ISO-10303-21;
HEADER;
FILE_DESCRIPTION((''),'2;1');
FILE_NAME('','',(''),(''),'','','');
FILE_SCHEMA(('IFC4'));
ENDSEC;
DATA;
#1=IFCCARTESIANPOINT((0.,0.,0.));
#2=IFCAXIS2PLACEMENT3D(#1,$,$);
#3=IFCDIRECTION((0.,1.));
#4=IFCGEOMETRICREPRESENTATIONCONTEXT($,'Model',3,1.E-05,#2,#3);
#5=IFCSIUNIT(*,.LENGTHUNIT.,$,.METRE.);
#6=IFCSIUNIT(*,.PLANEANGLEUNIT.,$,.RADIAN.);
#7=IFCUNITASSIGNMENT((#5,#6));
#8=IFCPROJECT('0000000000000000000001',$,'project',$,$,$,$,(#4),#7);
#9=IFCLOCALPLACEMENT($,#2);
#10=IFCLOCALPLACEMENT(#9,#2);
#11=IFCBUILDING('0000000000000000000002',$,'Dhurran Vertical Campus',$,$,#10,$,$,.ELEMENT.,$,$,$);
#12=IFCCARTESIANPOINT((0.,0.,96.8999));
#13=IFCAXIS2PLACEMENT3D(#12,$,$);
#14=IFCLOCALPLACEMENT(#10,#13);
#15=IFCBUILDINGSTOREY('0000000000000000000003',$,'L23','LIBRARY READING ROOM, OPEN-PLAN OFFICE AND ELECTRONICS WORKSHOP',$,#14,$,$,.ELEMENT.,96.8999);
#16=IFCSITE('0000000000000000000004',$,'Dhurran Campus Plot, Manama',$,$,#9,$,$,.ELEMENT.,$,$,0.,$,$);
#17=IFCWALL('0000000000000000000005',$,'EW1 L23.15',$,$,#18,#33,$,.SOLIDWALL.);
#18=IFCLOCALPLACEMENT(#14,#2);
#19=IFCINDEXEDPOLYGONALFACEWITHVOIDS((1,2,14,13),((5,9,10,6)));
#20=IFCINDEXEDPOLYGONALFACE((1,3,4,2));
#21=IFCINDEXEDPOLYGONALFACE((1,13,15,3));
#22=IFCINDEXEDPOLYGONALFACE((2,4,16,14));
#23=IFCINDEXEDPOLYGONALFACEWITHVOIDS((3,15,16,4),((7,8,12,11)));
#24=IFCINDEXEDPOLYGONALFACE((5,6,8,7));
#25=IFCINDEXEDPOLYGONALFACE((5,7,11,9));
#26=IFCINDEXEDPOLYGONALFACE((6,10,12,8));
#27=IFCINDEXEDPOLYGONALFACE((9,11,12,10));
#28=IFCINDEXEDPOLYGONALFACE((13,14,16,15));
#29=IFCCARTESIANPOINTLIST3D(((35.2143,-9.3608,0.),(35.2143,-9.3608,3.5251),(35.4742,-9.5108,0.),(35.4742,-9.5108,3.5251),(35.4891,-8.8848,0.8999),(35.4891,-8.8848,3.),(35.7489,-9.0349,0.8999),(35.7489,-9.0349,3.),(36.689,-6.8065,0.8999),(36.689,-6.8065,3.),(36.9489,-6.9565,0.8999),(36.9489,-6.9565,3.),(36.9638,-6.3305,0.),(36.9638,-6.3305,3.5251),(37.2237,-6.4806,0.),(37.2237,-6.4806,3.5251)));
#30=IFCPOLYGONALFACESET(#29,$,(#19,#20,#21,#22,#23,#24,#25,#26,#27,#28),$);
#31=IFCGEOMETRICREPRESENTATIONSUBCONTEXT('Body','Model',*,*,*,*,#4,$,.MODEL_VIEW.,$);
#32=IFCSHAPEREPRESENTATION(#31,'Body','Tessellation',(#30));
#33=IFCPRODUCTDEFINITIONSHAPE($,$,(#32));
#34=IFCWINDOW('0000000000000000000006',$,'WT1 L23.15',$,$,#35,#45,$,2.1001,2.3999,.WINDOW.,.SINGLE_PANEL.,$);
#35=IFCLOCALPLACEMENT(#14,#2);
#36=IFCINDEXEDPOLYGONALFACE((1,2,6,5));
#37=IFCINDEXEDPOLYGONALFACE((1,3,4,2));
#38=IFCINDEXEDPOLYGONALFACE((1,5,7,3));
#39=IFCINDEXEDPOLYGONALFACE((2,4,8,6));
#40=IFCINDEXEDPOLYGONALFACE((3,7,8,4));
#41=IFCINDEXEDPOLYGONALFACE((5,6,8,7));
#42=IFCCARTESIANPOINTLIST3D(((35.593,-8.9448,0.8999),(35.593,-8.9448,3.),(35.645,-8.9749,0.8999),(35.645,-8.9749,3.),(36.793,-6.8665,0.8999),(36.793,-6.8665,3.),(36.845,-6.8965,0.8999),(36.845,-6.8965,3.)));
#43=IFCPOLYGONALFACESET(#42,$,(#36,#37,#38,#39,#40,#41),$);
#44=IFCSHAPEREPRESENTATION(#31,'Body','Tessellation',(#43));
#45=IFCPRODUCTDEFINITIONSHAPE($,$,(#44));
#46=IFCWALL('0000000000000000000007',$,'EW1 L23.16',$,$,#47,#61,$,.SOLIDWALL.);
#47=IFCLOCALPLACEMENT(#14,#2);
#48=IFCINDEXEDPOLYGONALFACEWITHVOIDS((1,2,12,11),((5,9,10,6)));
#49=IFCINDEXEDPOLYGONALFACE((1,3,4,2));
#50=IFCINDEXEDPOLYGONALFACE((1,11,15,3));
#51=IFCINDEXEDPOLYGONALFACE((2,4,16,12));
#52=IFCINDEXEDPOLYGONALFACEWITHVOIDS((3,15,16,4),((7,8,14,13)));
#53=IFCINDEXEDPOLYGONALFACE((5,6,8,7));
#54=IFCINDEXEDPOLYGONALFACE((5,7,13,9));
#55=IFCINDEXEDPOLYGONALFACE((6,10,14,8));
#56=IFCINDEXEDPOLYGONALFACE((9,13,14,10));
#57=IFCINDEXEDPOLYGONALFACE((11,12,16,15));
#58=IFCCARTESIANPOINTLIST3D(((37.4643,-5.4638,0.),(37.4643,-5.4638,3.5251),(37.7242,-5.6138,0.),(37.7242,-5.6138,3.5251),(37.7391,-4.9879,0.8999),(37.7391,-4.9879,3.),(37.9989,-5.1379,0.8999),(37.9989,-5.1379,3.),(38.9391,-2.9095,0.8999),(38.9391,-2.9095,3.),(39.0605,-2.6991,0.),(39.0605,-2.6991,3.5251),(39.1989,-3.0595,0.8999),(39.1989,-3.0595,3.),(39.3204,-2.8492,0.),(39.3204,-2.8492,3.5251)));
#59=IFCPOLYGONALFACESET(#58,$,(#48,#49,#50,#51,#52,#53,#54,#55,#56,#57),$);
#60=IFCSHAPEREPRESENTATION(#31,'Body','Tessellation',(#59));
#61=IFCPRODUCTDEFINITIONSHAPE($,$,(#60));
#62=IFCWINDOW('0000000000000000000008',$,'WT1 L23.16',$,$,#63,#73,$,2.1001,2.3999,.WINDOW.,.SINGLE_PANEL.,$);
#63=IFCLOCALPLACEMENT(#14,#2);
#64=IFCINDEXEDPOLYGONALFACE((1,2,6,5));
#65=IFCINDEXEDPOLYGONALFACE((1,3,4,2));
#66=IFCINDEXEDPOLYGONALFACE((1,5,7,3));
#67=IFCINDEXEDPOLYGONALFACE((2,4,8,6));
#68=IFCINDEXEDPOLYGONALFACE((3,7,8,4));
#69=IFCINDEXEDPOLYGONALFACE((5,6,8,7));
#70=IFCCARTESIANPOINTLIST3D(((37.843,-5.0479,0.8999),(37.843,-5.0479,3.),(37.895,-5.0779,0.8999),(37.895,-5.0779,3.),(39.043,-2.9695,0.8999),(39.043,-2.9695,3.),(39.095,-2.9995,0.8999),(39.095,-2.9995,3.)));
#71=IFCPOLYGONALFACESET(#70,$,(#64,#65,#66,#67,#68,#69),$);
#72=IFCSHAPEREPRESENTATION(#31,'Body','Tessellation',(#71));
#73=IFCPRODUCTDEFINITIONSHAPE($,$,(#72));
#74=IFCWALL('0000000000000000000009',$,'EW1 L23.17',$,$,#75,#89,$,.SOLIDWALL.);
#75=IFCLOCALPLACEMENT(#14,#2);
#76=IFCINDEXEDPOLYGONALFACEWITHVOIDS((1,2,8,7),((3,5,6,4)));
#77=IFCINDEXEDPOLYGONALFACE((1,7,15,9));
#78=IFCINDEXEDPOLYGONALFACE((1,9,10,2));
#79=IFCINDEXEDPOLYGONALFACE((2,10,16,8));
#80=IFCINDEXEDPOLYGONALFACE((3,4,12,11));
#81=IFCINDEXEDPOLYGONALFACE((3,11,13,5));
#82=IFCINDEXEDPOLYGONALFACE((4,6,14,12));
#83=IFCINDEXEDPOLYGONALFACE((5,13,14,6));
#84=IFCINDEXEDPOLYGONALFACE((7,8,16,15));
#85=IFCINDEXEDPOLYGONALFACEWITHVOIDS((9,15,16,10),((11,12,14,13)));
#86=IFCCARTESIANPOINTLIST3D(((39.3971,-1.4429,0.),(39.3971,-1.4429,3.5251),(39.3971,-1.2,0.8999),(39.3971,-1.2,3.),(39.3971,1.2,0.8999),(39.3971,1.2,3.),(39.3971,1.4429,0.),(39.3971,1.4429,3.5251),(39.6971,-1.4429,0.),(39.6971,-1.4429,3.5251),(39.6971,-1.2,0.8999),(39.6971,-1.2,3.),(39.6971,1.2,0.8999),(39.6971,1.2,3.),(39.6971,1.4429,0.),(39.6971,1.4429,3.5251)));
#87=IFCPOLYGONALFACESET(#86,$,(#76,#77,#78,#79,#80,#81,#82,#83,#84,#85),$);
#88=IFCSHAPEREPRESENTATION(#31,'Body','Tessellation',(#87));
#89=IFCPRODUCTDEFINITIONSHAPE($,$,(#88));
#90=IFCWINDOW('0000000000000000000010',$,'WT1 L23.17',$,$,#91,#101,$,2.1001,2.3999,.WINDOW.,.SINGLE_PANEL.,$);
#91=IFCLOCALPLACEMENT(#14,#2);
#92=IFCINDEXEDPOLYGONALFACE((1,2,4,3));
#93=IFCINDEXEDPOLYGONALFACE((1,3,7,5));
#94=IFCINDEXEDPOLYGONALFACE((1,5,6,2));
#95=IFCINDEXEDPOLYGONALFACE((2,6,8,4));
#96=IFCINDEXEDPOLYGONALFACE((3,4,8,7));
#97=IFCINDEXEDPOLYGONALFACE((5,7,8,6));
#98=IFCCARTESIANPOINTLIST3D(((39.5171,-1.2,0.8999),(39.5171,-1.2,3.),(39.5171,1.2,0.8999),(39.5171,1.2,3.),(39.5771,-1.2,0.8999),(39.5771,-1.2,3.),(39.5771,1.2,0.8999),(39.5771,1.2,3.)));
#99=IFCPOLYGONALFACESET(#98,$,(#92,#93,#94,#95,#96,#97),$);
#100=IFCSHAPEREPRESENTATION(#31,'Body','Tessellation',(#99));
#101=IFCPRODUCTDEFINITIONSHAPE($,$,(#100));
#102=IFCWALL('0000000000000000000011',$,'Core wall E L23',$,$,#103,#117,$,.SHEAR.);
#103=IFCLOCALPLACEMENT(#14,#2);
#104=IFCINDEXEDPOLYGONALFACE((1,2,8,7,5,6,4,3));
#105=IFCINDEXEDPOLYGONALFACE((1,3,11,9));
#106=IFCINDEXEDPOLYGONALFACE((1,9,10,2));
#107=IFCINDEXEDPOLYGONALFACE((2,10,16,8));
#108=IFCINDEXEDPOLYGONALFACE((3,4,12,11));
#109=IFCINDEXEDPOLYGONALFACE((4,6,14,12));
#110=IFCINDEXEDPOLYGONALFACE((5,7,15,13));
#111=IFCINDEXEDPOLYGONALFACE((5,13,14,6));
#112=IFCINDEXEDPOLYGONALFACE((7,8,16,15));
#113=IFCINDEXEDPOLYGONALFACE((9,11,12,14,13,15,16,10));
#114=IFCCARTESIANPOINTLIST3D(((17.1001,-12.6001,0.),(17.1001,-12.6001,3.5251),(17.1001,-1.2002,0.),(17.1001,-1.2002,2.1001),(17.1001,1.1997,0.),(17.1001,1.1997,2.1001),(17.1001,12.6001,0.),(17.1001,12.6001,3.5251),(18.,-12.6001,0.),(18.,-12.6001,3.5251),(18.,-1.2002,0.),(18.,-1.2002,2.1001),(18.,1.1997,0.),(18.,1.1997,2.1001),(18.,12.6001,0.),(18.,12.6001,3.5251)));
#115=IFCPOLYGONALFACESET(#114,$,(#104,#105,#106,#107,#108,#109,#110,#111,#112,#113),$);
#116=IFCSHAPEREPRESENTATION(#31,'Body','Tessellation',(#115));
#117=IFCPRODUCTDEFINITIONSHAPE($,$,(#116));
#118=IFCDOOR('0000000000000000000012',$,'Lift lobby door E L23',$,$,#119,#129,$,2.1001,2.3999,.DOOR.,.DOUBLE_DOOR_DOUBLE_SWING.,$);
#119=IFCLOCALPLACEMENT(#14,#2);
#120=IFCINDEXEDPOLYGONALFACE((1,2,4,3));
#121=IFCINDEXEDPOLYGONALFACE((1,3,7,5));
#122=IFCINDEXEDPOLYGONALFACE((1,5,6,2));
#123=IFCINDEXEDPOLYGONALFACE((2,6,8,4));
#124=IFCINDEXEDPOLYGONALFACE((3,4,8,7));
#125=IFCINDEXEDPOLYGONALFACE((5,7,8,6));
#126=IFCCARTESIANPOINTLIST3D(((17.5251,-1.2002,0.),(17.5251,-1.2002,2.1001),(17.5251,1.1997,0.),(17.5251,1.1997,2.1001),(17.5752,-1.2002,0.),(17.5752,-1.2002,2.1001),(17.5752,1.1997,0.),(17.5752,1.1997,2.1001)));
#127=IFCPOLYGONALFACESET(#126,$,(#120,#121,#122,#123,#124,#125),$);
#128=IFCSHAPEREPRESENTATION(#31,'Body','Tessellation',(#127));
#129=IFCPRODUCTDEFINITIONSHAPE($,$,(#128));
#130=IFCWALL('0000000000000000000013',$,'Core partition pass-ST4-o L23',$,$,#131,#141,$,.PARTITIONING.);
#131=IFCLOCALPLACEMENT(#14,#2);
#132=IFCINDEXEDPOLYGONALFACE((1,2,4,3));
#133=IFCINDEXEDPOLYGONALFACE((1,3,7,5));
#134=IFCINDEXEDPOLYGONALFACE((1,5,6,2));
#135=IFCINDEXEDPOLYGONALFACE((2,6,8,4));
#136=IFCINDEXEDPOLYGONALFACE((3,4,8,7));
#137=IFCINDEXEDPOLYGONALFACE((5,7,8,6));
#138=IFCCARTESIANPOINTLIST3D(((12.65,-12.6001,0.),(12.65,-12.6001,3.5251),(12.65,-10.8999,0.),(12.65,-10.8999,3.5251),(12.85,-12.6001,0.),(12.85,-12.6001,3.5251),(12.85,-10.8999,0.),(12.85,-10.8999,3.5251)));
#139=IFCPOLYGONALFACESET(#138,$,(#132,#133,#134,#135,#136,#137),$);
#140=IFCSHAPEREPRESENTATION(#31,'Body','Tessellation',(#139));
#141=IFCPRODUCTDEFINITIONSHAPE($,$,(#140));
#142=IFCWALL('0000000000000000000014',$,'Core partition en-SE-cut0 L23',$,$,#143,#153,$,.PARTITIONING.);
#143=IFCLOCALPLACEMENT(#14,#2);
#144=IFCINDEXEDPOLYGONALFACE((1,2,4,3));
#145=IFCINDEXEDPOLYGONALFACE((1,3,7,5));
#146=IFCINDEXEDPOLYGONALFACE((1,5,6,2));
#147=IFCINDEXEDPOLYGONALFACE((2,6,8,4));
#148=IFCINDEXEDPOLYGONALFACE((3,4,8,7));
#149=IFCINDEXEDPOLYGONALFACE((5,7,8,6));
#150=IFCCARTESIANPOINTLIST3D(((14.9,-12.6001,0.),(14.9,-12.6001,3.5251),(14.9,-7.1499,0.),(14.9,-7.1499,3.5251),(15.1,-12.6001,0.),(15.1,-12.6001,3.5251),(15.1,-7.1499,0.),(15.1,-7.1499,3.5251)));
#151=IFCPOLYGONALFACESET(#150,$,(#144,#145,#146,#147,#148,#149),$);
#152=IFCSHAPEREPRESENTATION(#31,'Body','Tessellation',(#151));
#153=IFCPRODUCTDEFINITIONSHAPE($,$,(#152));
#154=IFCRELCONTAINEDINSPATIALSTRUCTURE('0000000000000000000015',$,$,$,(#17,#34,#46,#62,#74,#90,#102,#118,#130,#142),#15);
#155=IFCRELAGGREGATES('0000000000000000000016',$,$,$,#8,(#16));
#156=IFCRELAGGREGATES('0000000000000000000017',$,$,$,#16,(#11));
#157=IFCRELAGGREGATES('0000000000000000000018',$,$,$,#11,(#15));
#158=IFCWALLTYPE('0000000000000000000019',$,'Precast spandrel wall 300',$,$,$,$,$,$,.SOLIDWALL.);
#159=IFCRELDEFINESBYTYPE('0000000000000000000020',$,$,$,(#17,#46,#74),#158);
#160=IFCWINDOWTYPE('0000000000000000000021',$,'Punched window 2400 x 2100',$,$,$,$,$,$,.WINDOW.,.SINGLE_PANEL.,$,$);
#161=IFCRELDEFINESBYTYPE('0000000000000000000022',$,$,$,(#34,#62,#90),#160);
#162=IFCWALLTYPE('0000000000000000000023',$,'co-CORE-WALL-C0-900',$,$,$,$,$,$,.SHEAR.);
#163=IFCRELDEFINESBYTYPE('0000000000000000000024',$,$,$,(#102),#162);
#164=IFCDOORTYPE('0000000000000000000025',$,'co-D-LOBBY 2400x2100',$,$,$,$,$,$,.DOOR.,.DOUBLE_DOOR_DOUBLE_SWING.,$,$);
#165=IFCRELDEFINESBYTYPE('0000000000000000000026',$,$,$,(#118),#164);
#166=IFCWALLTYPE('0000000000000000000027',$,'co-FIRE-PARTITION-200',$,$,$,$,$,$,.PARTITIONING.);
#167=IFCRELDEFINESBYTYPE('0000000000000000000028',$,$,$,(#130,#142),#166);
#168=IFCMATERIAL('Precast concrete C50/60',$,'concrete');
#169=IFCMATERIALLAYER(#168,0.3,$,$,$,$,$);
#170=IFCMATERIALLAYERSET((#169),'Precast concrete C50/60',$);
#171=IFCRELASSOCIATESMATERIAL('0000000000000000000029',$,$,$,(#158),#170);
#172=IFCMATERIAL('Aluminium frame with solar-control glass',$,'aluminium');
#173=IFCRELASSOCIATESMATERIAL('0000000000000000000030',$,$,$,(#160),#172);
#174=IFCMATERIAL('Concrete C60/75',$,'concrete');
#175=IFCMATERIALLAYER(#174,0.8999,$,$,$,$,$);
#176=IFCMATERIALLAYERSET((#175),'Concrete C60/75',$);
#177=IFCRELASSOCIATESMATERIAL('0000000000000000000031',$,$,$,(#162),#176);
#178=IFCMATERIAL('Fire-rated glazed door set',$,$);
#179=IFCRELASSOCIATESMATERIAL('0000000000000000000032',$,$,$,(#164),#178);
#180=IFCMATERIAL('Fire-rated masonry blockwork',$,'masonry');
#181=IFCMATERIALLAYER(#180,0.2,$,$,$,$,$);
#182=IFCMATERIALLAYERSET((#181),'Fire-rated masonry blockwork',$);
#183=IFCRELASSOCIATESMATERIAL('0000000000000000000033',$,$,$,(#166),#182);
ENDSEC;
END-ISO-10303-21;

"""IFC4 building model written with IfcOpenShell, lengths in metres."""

from ifc_helpers import new_model, si_unit, direction, frame, frame_2d, origin, place, context, subcontext, project, spatial, rectangle, extrude, material, layer, layer_set, type_object, element, fill, save


model = new_model("IFC4")

# Units and contexts
model_context = context("Model", 3, precision=1e-05, world=origin(), true_north=direction((0.0, 1.0)))
body_context = subcontext(model_context, "Body", "Model", "MODEL_VIEW")
ifc_project = project(units=[si_unit("LENGTHUNIT", "METRE"), si_unit("PLANEANGLEUNIT", "RADIAN")], contexts=[model_context])

# Site, building, storey
site_placement = place(None, origin())
site = spatial("IfcSite", under=ifc_project, at=site_placement, Name="Dhurran Campus Plot, Manama", CompositionType="ELEMENT", RefElevation=0.0)
building_placement = place(site_placement, origin())
building = spatial("IfcBuilding", under=site, at=building_placement, Name="Dhurran Vertical Campus", CompositionType="ELEMENT")
storey_placement = place(building_placement, frame((0.0, 0.0, 96.8999)))
storey = spatial("IfcBuildingStorey", under=building, at=storey_placement, Name="L23", Description="LIBRARY READING ROOM, OPEN-PLAN OFFICE AND ELECTRONICS WORKSHOP", CompositionType="ELEMENT", Elevation=96.8999)

# Walls, openings, windows
ifc_material_1 = material(Name="Precast concrete C50/60", Category="concrete")
ifc_layer_1 = layer(ifc_material_1, 0.3)
ifc_layer_set_1 = layer_set([ifc_layer_1], Name="Precast concrete C50/60")
wall_type_1 = type_object("IfcWallType", Name="Precast spandrel wall 300", PredefinedType="SOLIDWALL", material=ifc_layer_set_1)
ifc_material_2 = material(Name="Aluminium frame with solar-control glass", Category="aluminium")
window_type = type_object("IfcWindowType", Name="Punched window 2400 x 2100", PartitioningType="SINGLE_PANEL", PredefinedType="WINDOW", material=ifc_material_2)
wall_1_placement = place(storey_placement, frame((35.3442, -9.4358, 0.0), z_axis=(0.0, 0.0, 1.0), x_axis=(0.499996, 0.866028, 0.0)))
wall_1 = element("IfcWall", 1, at=wall_1_placement, inside=storey, type_object=wall_type_1, Name="EW1 L23.15", PredefinedType="SOLIDWALL", context=body_context, shape_type="SweptSolid", body=[
    extrude(rectangle(XDim=3.499, YDim=0.3, at=frame_2d((1.7495, 0.0))), origin(), (0.0, 0.0, 1.0), 3.5251),
])
opening_1_placement = place(wall_1_placement, frame((0.5496, 0.0, 0.8999)))
opening_1 = element("IfcOpeningElement", 2, at=opening_1_placement, cuts=wall_1, PredefinedType="OPENING", context=body_context, shape_type="SweptSolid", body=[
    extrude(rectangle(XDim=2.3999, YDim=2.1001, at=frame_2d((1.2, 1.05))), frame((0.0, 0.1599, 0.0), z_axis=(0.0, -1.0, 0.0), x_axis=(1.0, 0.0, 0.0)), (0.0, 0.0, 1.0), 0.3201),
])
window_1_placement = place(opening_1_placement, origin())
window_1 = element("IfcWindow", 3, at=window_1_placement, inside=storey, type_object=window_type, Name="WT1 L23.15", OverallHeight=2.1001, OverallWidth=2.3999, PartitioningType="SINGLE_PANEL", PredefinedType="WINDOW", context=body_context, shape_type="SweptSolid", body=[
    extrude(rectangle(XDim=2.3999, YDim=2.1001, at=frame_2d((1.2, 1.05))), frame((0.0, 0.03, 0.0), z_axis=(0.0, -1.0, 0.0), x_axis=(1.0, 0.0, 0.0)), (0.0, 0.0, 1.0), 0.0601),
])
fill(opening_1, window_1)
wall_2_placement = place(storey_placement, frame((37.5942, -5.5388, 0.0), z_axis=(0.0, 0.0, 1.0), x_axis=(0.500005, 0.866023, 0.0)))
wall_2 = element("IfcWall", 4, at=wall_2_placement, inside=storey, type_object=wall_type_1, Name="EW1 L23.16", PredefinedType="SOLIDWALL", context=body_context, shape_type="SweptSolid", body=[
    extrude(rectangle(XDim=3.1924, YDim=0.3, at=frame_2d((1.5962, 0.0))), origin(), (0.0, 0.0, 1.0), 3.5251),
])
opening_2_placement = place(wall_2_placement, frame((0.5496, 0.0, 0.8999)))
opening_2 = element("IfcOpeningElement", 5, at=opening_2_placement, cuts=wall_2, PredefinedType="OPENING", context=body_context, shape_type="SweptSolid", body=[
    extrude(rectangle(XDim=2.3999, YDim=2.1001, at=frame_2d((1.2, 1.05))), frame((0.0, 0.1599, 0.0), z_axis=(0.0, -1.0, 0.0), x_axis=(1.0, 0.0, 0.0)), (0.0, 0.0, 1.0), 0.3201),
])
window_2_placement = place(opening_2_placement, origin())
window_2 = element("IfcWindow", 6, at=window_2_placement, inside=storey, type_object=window_type, Name="WT1 L23.16", OverallHeight=2.1001, OverallWidth=2.3999, PartitioningType="SINGLE_PANEL", PredefinedType="WINDOW", context=body_context, shape_type="SweptSolid", body=[
    extrude(rectangle(XDim=2.3999, YDim=2.1001, at=frame_2d((1.2, 1.05))), frame((0.0, 0.03, 0.0), z_axis=(0.0, -1.0, 0.0), x_axis=(1.0, 0.0, 0.0)), (0.0, 0.0, 1.0), 0.0601),
])
fill(opening_2, window_2)
wall_3_placement = place(storey_placement, frame((39.5471, -1.4429, 0.0), z_axis=(0.0, 0.0, 1.0), x_axis=(0.0, 1.0, 0.0)))
wall_3 = element("IfcWall", 7, at=wall_3_placement, inside=storey, type_object=wall_type_1, Name="EW1 L23.17", PredefinedType="SOLIDWALL", context=body_context, shape_type="SweptSolid", body=[
    extrude(rectangle(XDim=2.8857, YDim=0.3, at=frame_2d((1.4429, 0.0))), origin(), (0.0, 0.0, 1.0), 3.5251),
])
opening_3_placement = place(wall_3_placement, frame((0.2429, 0.0, 0.8999)))
opening_3 = element("IfcOpeningElement", 8, at=opening_3_placement, cuts=wall_3, PredefinedType="OPENING", context=body_context, shape_type="SweptSolid", body=[
    extrude(rectangle(XDim=2.3999, YDim=2.1001, at=frame_2d((1.2, 1.05))), frame((0.0, 0.1599, 0.0), z_axis=(0.0, -1.0, 0.0), x_axis=(1.0, 0.0, 0.0)), (0.0, 0.0, 1.0), 0.3201),
])
window_3_placement = place(opening_3_placement, origin())
window_3 = element("IfcWindow", 9, at=window_3_placement, inside=storey, type_object=window_type, Name="WT1 L23.17", OverallHeight=2.1001, OverallWidth=2.3999, PartitioningType="SINGLE_PANEL", PredefinedType="WINDOW", context=body_context, shape_type="SweptSolid", body=[
    extrude(rectangle(XDim=2.3999, YDim=2.1001, at=frame_2d((1.2, 1.05))), frame((0.0, 0.03, 0.0), z_axis=(0.0, -1.0, 0.0), x_axis=(1.0, 0.0, 0.0)), (0.0, 0.0, 1.0), 0.0601),
])
fill(opening_3, window_3)

# Wall, opening, door
ifc_material_3 = material(Name="Concrete C60/75", Category="concrete")
ifc_layer_2 = layer(ifc_material_3, 0.8999)
ifc_layer_set_2 = layer_set([ifc_layer_2], Name="Concrete C60/75")
wall_type_2 = type_object("IfcWallType", Name="co-CORE-WALL-C0-900", PredefinedType="SHEAR", material=ifc_layer_set_2)
wall_4_placement = place(storey_placement, frame((17.55, -12.6001, 0.0), z_axis=(0.0, 0.0, 1.0), x_axis=(0.0, 1.0, 0.0)))
wall_4 = element("IfcWall", 10, at=wall_4_placement, inside=storey, type_object=wall_type_2, Name="Core wall E L23", PredefinedType="SHEAR", context=body_context, shape_type="SweptSolid", body=[
    extrude(rectangle(XDim=25.2002, YDim=0.8999, at=frame_2d((12.6001, 0.0))), origin(), (0.0, 0.0, 1.0), 3.5251),
])
opening_4_placement = place(wall_4_placement, frame((11.3999, 0.0, 0.0)))
opening_4 = element("IfcOpeningElement", 11, at=opening_4_placement, cuts=wall_4, PredefinedType="OPENING", context=body_context, shape_type="SweptSolid", body=[
    extrude(rectangle(XDim=2.3999, YDim=2.1001, at=frame_2d((1.2, 1.05))), frame((0.0, 0.46, 0.0), z_axis=(0.0, -1.0, 0.0), x_axis=(1.0, 0.0, 0.0)), (0.0, 0.0, 1.0), 0.9199),
])
ifc_material_4 = material(Name="Fire-rated glazed door set")
door_type_1 = type_object("IfcDoorType", Name="co-D-LOBBY 2400x2100", OperationType="DOUBLE_DOOR_DOUBLE_SWING", PredefinedType="DOOR", material=ifc_material_4)
door_1_placement = place(opening_4_placement, origin())
door_1 = element("IfcDoor", 12, at=door_1_placement, inside=storey, type_object=door_type_1, Name="Lift lobby door E L23", OperationType="DOUBLE_DOOR_DOUBLE_SWING", OverallHeight=2.1001, OverallWidth=2.3999, PredefinedType="DOOR", context=body_context, shape_type="SweptSolid", body=[
    extrude(rectangle(XDim=2.3999, YDim=2.1001, at=frame_2d((1.2, 1.05))), frame((0.0, 0.0249, 0.0), z_axis=(0.0, -1.0, 0.0), x_axis=(1.0, 0.0, 0.0)), (0.0, 0.0, 1.0), 0.05),
])
fill(opening_4, door_1)

# Walls
ifc_material_5 = material(Name="Fire-rated masonry blockwork", Category="masonry")
ifc_layer_3 = layer(ifc_material_5, 0.2)
ifc_layer_set_3 = layer_set([ifc_layer_3], Name="Fire-rated masonry blockwork")
wall_type_3 = type_object("IfcWallType", Name="co-FIRE-PARTITION-200", PredefinedType="PARTITIONING", material=ifc_layer_set_3)
wall_5_placement = place(storey_placement, frame((12.75, -12.6001, 0.0), z_axis=(0.0, 0.0, 1.0), x_axis=(0.0, 1.0, 0.0)))
element("IfcWall", 13, at=wall_5_placement, inside=storey, type_object=wall_type_3, Name="Core partition pass-ST4-o L23", PredefinedType="PARTITIONING", context=body_context, shape_type="SweptSolid", body=[
    extrude(rectangle(XDim=1.7002, YDim=0.2, at=frame_2d((0.8501, 0.0))), origin(), (0.0, 0.0, 1.0), 3.5251),
])
wall_6_placement = place(storey_placement, frame((15.0, -12.6001, 0.0), z_axis=(0.0, 0.0, 1.0), x_axis=(0.0, 1.0, 0.0)))
element("IfcWall", 14, at=wall_6_placement, inside=storey, type_object=wall_type_3, Name="Core partition en-SE-cut0 L23", PredefinedType="PARTITIONING", context=body_context, shape_type="SweptSolid", body=[
    extrude(rectangle(XDim=5.4502, YDim=0.2, at=frame_2d((2.7251, 0.0))), origin(), (0.0, 0.0, 1.0), 3.5251),
])

save(model, "model.ifc")
